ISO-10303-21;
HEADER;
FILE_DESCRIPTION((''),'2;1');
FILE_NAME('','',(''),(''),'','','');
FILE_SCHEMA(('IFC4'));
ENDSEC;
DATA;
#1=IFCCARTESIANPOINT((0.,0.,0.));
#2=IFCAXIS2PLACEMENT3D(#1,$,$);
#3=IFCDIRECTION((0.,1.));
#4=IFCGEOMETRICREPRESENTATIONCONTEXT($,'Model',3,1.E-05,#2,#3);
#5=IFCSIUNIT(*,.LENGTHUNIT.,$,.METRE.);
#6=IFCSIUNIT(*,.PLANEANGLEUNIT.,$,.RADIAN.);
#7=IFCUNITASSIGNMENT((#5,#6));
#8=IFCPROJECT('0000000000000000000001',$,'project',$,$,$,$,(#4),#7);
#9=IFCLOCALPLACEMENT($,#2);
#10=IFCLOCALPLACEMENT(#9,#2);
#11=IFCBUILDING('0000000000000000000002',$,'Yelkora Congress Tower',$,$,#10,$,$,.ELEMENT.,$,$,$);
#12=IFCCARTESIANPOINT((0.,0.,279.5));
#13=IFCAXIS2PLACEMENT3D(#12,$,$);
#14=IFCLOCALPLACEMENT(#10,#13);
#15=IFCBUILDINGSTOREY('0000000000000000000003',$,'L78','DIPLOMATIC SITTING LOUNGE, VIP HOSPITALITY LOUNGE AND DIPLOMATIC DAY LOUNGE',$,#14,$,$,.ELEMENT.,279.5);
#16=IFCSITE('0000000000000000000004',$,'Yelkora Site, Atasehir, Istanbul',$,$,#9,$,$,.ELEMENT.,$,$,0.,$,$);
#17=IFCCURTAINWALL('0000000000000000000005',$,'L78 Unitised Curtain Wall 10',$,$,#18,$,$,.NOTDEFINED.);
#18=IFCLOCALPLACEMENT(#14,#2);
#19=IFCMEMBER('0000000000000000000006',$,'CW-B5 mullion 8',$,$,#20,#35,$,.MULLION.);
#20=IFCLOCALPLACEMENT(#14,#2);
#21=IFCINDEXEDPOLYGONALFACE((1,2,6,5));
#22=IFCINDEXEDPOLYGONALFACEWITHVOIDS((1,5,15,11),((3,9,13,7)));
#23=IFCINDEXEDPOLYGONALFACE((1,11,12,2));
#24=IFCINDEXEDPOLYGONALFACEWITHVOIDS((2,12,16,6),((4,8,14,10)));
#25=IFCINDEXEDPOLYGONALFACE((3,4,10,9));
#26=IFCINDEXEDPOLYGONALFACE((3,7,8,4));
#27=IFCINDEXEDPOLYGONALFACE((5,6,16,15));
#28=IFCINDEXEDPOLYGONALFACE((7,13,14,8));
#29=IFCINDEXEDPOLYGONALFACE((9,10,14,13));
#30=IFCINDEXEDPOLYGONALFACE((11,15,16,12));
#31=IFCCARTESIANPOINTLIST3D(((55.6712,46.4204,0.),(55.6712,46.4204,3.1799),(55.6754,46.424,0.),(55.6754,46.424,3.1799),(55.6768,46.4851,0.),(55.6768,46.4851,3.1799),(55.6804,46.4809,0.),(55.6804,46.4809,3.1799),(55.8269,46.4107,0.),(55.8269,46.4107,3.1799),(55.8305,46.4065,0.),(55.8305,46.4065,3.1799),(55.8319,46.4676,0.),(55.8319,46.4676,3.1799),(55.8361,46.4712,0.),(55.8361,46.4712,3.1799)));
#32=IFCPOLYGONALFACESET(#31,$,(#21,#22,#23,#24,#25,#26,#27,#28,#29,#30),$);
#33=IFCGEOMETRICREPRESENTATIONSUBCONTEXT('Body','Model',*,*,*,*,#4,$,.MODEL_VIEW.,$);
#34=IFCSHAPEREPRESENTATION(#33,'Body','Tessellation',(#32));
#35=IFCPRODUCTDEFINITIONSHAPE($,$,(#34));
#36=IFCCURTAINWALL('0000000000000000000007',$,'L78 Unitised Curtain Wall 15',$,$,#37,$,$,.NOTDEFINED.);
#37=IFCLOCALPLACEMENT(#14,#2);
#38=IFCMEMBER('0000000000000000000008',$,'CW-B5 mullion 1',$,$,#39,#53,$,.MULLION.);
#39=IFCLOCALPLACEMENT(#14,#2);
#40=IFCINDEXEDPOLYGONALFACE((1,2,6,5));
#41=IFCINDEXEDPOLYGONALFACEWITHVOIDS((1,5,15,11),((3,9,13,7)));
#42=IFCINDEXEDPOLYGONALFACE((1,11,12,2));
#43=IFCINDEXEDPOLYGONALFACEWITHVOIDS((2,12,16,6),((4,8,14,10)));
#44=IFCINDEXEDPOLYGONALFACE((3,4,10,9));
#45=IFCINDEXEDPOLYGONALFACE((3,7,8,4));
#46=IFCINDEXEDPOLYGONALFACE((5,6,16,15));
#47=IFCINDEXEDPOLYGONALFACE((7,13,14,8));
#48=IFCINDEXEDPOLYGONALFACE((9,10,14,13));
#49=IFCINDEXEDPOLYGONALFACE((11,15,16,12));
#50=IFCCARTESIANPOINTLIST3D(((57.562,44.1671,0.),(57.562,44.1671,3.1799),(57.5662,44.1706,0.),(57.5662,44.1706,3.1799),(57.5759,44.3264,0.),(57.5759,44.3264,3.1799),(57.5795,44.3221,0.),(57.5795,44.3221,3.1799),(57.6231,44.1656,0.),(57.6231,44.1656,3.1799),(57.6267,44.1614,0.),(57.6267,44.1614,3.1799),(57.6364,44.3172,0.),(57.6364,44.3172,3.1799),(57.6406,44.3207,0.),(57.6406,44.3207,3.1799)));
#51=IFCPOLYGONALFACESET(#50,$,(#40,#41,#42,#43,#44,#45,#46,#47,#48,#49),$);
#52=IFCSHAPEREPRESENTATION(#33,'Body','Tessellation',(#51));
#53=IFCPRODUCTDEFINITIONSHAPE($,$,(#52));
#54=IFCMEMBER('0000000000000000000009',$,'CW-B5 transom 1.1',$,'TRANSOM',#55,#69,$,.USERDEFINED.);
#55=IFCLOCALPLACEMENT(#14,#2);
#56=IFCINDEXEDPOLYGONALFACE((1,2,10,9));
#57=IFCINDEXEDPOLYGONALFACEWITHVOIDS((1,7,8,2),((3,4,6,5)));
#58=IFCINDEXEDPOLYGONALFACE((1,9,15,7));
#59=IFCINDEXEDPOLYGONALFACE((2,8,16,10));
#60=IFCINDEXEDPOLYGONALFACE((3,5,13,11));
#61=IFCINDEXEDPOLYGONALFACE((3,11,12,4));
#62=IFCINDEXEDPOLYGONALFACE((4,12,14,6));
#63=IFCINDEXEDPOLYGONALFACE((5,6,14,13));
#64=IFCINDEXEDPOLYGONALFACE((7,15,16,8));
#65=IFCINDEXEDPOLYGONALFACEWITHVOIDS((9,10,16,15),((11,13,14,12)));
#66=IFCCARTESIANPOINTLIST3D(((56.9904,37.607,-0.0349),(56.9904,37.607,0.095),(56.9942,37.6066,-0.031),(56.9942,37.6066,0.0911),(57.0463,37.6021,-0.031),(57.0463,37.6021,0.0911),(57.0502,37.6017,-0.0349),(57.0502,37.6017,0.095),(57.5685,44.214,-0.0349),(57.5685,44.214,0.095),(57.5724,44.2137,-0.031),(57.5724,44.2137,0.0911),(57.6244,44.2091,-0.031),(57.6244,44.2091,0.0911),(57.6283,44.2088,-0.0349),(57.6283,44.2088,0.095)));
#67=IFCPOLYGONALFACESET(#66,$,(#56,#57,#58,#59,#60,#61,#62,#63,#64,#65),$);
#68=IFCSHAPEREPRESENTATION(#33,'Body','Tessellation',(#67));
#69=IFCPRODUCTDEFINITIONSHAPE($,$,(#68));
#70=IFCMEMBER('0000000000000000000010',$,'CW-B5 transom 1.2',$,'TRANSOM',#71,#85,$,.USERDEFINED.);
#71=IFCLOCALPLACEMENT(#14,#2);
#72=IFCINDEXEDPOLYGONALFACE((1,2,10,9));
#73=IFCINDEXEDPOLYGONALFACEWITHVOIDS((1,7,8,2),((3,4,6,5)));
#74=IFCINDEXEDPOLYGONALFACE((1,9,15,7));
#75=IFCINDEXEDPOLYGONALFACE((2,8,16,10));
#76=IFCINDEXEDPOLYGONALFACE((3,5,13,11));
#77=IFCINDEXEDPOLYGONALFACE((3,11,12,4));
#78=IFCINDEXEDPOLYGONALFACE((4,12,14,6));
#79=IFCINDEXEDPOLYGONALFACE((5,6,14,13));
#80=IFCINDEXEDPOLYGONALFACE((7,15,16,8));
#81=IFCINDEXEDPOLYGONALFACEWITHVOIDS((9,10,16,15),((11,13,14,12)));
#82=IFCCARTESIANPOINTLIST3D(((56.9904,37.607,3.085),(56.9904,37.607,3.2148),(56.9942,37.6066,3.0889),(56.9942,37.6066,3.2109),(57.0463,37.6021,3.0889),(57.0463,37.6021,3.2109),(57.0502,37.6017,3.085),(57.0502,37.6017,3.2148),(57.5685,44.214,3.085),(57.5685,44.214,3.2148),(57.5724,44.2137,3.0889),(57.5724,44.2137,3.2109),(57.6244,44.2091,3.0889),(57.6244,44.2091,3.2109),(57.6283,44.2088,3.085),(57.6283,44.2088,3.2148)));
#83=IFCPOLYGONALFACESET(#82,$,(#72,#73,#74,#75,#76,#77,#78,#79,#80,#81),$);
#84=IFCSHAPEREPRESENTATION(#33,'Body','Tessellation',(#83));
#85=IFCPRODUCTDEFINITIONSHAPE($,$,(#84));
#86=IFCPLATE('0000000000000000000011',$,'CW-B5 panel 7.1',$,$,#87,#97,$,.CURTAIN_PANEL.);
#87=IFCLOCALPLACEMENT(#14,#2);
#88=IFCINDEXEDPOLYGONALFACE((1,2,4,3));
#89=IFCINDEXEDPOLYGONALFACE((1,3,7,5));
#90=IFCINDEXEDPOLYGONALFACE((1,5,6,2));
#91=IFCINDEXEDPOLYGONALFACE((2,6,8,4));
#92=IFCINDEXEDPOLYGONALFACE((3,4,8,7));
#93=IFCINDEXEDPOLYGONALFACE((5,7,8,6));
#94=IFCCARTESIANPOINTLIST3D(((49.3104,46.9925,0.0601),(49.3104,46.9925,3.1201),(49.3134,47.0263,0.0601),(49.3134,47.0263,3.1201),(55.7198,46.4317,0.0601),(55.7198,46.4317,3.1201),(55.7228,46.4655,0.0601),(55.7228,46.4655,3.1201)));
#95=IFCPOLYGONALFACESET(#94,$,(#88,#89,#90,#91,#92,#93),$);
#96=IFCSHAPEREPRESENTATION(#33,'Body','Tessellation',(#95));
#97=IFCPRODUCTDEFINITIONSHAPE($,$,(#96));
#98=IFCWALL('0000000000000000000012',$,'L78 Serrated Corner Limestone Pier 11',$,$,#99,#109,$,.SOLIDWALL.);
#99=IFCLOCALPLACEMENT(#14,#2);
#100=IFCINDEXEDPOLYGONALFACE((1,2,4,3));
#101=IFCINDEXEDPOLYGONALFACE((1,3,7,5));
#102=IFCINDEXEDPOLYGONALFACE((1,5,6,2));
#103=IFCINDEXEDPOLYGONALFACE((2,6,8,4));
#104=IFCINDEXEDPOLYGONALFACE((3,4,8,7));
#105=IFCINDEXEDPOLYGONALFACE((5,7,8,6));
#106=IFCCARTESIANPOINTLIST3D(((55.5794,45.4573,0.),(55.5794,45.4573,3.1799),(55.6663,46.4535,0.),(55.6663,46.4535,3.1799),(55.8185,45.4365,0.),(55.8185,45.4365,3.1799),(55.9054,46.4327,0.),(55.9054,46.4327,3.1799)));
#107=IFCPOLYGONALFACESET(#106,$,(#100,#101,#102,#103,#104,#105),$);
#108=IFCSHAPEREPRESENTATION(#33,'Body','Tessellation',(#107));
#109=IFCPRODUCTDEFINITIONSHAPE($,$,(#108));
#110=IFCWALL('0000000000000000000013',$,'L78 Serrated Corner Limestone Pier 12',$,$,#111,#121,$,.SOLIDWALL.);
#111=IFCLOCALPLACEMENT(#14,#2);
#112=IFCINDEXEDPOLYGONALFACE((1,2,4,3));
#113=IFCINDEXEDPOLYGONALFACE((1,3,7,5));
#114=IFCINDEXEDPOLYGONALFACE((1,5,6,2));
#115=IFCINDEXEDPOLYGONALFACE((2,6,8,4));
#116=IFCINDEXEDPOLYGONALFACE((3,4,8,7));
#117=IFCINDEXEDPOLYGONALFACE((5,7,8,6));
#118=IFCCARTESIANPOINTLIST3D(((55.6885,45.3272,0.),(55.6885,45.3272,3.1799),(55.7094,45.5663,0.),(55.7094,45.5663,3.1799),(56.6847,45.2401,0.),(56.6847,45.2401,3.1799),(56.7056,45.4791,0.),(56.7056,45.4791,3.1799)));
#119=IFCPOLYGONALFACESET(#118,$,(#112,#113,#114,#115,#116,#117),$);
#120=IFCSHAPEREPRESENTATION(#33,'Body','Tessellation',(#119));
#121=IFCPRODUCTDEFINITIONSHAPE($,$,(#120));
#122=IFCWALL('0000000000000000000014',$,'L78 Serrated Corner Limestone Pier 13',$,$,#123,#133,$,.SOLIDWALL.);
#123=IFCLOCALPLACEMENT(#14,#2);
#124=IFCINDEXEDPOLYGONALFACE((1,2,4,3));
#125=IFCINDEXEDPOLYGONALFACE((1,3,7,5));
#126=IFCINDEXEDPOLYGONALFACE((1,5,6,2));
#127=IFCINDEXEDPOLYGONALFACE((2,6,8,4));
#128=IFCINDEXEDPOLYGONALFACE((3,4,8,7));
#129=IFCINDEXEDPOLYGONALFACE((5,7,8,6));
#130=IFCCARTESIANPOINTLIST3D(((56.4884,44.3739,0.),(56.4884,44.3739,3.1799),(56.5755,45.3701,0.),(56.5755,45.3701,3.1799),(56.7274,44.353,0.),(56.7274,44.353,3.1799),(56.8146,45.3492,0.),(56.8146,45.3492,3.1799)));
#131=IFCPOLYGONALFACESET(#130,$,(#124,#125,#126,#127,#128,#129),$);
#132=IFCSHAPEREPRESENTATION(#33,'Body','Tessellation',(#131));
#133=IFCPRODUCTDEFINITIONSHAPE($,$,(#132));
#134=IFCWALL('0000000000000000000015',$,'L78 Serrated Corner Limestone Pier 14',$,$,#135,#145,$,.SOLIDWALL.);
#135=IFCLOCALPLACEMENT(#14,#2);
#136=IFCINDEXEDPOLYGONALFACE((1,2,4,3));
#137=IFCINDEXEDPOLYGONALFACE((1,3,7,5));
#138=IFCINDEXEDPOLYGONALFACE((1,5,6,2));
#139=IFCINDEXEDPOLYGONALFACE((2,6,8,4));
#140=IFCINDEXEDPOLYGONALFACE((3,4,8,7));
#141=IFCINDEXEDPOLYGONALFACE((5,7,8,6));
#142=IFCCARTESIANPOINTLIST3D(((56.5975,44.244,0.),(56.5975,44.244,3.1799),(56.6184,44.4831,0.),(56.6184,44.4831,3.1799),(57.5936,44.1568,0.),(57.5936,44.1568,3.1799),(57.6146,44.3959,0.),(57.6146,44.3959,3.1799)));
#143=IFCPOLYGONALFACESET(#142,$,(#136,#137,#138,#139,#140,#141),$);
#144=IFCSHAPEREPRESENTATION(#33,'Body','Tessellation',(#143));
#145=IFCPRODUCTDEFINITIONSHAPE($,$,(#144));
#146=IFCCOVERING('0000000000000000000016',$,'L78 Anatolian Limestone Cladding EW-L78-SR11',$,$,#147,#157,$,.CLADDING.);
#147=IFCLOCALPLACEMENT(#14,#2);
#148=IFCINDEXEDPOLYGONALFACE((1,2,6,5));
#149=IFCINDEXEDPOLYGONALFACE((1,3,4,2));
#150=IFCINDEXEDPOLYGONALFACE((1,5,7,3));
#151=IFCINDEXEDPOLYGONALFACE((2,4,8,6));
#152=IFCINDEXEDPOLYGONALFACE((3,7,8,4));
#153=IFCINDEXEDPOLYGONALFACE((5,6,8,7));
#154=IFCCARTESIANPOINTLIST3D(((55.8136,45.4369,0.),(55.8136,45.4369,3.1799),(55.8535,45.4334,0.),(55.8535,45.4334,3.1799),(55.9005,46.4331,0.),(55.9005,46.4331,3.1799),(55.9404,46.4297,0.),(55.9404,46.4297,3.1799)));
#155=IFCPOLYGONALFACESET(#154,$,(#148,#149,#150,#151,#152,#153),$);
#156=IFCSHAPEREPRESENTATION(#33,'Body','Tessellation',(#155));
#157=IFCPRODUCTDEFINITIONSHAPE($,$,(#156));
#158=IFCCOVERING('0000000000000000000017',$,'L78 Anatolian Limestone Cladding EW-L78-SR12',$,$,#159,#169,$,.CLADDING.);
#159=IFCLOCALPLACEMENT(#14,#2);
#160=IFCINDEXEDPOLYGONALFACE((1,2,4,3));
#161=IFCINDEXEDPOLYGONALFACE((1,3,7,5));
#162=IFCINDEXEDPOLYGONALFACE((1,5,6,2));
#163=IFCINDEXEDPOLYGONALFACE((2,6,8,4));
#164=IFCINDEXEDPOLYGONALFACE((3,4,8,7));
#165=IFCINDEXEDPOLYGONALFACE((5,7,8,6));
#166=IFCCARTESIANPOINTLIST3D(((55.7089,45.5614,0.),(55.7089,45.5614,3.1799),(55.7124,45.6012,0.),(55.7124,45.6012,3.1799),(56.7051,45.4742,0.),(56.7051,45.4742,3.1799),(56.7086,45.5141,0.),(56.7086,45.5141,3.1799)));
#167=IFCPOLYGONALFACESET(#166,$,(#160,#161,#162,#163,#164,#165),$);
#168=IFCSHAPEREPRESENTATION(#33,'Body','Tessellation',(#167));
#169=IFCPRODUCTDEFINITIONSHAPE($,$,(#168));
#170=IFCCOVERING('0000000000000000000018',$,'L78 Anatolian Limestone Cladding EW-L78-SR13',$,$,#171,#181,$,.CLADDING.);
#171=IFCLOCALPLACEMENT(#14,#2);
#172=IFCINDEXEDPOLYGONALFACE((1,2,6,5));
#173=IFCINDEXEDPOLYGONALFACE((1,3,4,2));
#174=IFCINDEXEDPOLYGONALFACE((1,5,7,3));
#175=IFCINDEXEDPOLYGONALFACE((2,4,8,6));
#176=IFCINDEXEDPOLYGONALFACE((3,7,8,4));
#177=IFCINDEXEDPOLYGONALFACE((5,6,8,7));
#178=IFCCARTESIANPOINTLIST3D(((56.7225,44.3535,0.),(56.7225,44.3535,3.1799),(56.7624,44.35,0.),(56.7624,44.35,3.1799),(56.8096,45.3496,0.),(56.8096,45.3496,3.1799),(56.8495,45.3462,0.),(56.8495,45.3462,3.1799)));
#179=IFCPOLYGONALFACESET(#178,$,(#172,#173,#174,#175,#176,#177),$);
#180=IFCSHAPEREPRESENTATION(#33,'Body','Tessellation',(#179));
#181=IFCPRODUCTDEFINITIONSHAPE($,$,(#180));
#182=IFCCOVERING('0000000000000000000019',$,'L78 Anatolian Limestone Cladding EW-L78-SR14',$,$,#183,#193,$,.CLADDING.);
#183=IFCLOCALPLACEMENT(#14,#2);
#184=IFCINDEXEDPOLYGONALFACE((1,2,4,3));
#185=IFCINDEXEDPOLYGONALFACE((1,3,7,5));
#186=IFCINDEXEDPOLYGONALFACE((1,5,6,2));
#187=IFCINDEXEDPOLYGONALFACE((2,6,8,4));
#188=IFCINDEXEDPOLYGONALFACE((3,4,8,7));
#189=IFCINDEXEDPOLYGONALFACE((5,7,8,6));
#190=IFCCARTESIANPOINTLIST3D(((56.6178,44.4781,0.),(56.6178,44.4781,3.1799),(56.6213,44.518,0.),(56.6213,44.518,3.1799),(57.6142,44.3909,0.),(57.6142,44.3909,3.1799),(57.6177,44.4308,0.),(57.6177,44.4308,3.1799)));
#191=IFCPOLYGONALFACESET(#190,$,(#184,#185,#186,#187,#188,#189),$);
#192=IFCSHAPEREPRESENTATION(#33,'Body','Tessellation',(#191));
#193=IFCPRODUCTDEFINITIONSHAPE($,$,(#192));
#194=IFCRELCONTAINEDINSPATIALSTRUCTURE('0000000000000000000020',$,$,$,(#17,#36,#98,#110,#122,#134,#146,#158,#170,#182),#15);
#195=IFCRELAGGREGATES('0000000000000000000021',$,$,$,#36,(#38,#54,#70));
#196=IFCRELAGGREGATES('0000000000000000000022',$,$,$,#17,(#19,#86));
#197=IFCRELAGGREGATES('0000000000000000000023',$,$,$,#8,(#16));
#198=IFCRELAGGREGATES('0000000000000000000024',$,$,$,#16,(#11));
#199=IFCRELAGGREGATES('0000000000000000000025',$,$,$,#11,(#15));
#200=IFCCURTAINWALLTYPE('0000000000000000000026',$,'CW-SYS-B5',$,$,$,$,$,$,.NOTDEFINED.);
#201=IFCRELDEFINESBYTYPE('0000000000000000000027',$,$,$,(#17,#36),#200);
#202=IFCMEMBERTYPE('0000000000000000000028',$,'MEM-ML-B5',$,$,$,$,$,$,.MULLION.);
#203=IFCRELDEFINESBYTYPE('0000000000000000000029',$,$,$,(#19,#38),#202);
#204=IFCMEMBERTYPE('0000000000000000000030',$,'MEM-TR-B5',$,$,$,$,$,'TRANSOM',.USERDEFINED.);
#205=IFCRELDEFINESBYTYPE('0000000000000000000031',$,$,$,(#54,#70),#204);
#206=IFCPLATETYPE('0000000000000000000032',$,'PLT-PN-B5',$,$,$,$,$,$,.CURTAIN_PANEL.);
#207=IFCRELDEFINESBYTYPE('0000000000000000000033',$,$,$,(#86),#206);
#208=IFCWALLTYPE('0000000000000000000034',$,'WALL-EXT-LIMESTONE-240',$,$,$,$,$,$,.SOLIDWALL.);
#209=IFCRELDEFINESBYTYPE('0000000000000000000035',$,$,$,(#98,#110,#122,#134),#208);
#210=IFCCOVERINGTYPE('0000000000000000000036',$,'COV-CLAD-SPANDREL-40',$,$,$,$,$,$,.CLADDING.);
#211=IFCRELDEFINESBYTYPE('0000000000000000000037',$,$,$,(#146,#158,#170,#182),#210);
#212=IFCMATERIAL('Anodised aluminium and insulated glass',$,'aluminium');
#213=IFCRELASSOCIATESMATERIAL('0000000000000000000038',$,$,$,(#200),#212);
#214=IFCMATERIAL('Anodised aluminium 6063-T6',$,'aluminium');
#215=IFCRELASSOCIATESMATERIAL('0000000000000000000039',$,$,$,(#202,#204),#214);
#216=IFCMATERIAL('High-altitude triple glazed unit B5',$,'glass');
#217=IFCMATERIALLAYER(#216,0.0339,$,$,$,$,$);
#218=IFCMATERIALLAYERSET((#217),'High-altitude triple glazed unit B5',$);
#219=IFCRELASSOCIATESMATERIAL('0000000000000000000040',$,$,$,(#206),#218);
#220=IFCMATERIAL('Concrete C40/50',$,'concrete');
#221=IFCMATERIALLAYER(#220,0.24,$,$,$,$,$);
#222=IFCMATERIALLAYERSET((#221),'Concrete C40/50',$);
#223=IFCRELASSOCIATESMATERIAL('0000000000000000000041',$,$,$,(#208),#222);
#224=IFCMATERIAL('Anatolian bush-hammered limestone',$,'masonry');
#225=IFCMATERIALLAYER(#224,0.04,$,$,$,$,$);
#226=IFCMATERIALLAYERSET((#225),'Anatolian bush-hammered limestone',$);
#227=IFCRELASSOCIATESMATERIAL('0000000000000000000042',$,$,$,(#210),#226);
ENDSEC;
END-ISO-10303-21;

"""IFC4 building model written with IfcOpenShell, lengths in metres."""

from ifc_helpers import new_model, si_unit, direction, frame, frame_2d, origin, origin_2d, place, context, subcontext, project, spatial, rectangle, hollow_rectangle, extrude, material, layer, layer_set, material_profile, profile_set, type_object, element, aggregate, save


model = new_model("IFC4")

# Units and contexts
model_context = context("Model", 3, precision=1e-05, world=origin(), true_north=direction((0.0, 1.0)))
body_context = subcontext(model_context, "Body", "Model", "MODEL_VIEW")
ifc_project = project(units=[si_unit("LENGTHUNIT", "METRE"), si_unit("PLANEANGLEUNIT", "RADIAN")], contexts=[model_context])

# Site, building, storey
site_placement = place(None, origin())
site = spatial("IfcSite", under=ifc_project, at=site_placement, Name="Yelkora Site, Atasehir, Istanbul", CompositionType="ELEMENT", RefElevation=0.0)
building_placement = place(site_placement, origin())
building = spatial("IfcBuilding", under=site, at=building_placement, Name="Yelkora Congress Tower", CompositionType="ELEMENT")
storey_placement = place(building_placement, frame((0.0, 0.0, 279.5)))
storey = spatial("IfcBuildingStorey", under=building, at=storey_placement, Name="L78", Description="DIPLOMATIC SITTING LOUNGE, VIP HOSPITALITY LOUNGE AND DIPLOMATIC DAY LOUNGE", CompositionType="ELEMENT", Elevation=279.5)

# Curtain wall, member
ifc_material_1 = material(Name="Anodised aluminium and insulated glass", Category="aluminium")
curtain_wall_type = type_object("IfcCurtainWallType", Name="CW-SYS-B5", PredefinedType="NOTDEFINED", material=ifc_material_1)
curtain_wall_1_placement = place(storey_placement, origin())
curtain_wall_1 = element("IfcCurtainWall", 1, at=curtain_wall_1_placement, inside=storey, type_object=curtain_wall_type, Name="L78 Unitised Curtain Wall 10", PredefinedType="NOTDEFINED")
ifc_material_2 = material(Name="Anodised aluminium 6063-T6", Category="aluminium")
ifc_material_profile_1 = material_profile(ifc_material_2, hollow_rectangle(XDim=0.0649, YDim=0.1599, WallThickness=0.0039, at=origin_2d()), Name="ALU 65x160x4")
ifc_profile_set_1 = profile_set([ifc_material_profile_1], Name="Anodised aluminium 6063-T6")
member_type_1 = type_object("IfcMemberType", Name="MEM-ML-B5", PredefinedType="MULLION", material=ifc_profile_set_1)
member_1_placement = place(storey_placement, frame((55.7537, 46.4458, 0.0), z_axis=(0.0, 0.0, 1.0), x_axis=(0.087157, 0.996195, 0.0)))
member_1 = element("IfcMember", 2, at=member_1_placement, type_object=member_type_1, Name="CW-B5 mullion 8", PredefinedType="MULLION", context=body_context, shape_type="SweptSolid", body=[
    extrude(hollow_rectangle(XDim=0.0649, YDim=0.1599, WallThickness=0.0039, at=origin_2d()), origin(), (0.0, 0.0, 1.0), 3.1799),
])

# Curtain wall, members
curtain_wall_2_placement = place(storey_placement, origin())
curtain_wall_2 = element("IfcCurtainWall", 3, at=curtain_wall_2_placement, inside=storey, type_object=curtain_wall_type, Name="L78 Unitised Curtain Wall 15", PredefinedType="NOTDEFINED")
member_2_placement = place(storey_placement, frame((57.6013, 44.2439, 0.0), z_axis=(0.0, 0.0, 1.0), x_axis=(0.996194, -0.087158, 0.0)))
member_2 = element("IfcMember", 4, at=member_2_placement, type_object=member_type_1, Name="CW-B5 mullion 1", PredefinedType="MULLION", context=body_context, shape_type="SweptSolid", body=[
    extrude(hollow_rectangle(XDim=0.0649, YDim=0.1599, WallThickness=0.0039, at=origin_2d()), origin(), (0.0, 0.0, 1.0), 3.1799),
])
ifc_material_profile_2 = material_profile(ifc_material_2, hollow_rectangle(XDim=0.0601, YDim=0.1299, WallThickness=0.0039, at=origin_2d()), Name="ALU 60x130x4")
ifc_profile_set_2 = profile_set([ifc_material_profile_2], Name="Anodised aluminium 6063-T6")
member_type_2 = type_object("IfcMemberType", Name="MEM-TR-B5", ElementType="TRANSOM", PredefinedType="USERDEFINED", material=ifc_profile_set_2)
member_3_placement = place(storey_placement, frame((57.5984, 44.2114, 0.03), z_axis=(-0.087166, -0.996194, 0.0), x_axis=(0.996194, -0.087166, 0.0)))
member_3 = element("IfcMember", 5, at=member_3_placement, type_object=member_type_2, Name="CW-B5 transom 1.1", ObjectType="TRANSOM", PredefinedType="USERDEFINED", context=body_context, shape_type="SweptSolid", body=[
    extrude(hollow_rectangle(XDim=0.0601, YDim=0.1299, WallThickness=0.0039, at=origin_2d()), origin(), (0.0, 0.0, 1.0), 6.6323),
])
member_4_placement = place(storey_placement, frame((57.5984, 44.2114, 3.1499), z_axis=(-0.087166, -0.996194, 0.0), x_axis=(0.996194, -0.087166, 0.0)))
member_4 = element("IfcMember", 6, at=member_4_placement, type_object=member_type_2, Name="CW-B5 transom 1.2", ObjectType="TRANSOM", PredefinedType="USERDEFINED", context=body_context, shape_type="SweptSolid", body=[
    extrude(hollow_rectangle(XDim=0.0601, YDim=0.1299, WallThickness=0.0039, at=origin_2d()), origin(), (0.0, 0.0, 1.0), 6.6323),
])
aggregate(curtain_wall_2, [member_2, member_3, member_4])

# Plate
ifc_material_3 = material(Name="High-altitude triple glazed unit B5", Category="glass")
ifc_layer_1 = layer(ifc_material_3, 0.0339)
ifc_layer_set_1 = layer_set([ifc_layer_1], Name="High-altitude triple glazed unit B5")
plate_type = type_object("IfcPlateType", Name="PLT-PN-B5", PredefinedType="CURTAIN_PANEL", material=ifc_layer_set_1)
plate_placement = place(storey_placement, frame((52.5166, 46.729, 0.0601), z_axis=(0.0, 0.0, 1.0), x_axis=(0.996195, -0.087157, 0.0)))
plate = element("IfcPlate", 7, at=plate_placement, type_object=plate_type, Name="CW-B5 panel 7.1", PredefinedType="CURTAIN_PANEL", context=body_context, shape_type="SweptSolid", body=[
    extrude(rectangle(XDim=6.4338, YDim=0.0339, at=origin_2d()), origin(), (0.0, 0.0, 1.0), 3.0601),
])
aggregate(curtain_wall_1, [member_1, plate])

# Walls
ifc_material_4 = material(Name="Concrete C40/50", Category="concrete")
ifc_layer_2 = layer(ifc_material_4, 0.24)
ifc_layer_set_2 = layer_set([ifc_layer_2], Name="Concrete C40/50")
wall_type = type_object("IfcWallType", Name="WALL-EXT-LIMESTONE-240", PredefinedType="SOLIDWALL", material=ifc_layer_set_2)
for number, where, z_axis, x_axis, name in (
    (8, (55.7859, 46.4431, 0.0), (0.0, 0.0, 1.0), (-0.086903, -0.996217, 0.0), "L78 Serrated Corner Limestone Pier 11"),
    (9, (55.699, 45.4468, 0.0), (0.0, 0.0, 1.0), (0.996194, -0.087167, 0.0), "L78 Serrated Corner Limestone Pier 12"),
    (10, (56.6951, 45.3596, 0.0), (0.0, 0.0, 1.0), (-0.087167, -0.996194, 0.0), "L78 Serrated Corner Limestone Pier 13"),
    (11, (56.6079, 44.3635, 0.0), (0.0, 0.0, 1.0), (0.996194, -0.087167, 0.0), "L78 Serrated Corner Limestone Pier 14"),
):
    element("IfcWall", number, at=place(storey_placement, frame(where, z_axis=z_axis, x_axis=x_axis)), inside=storey, type_object=wall_type, Name=name, PredefinedType="SOLIDWALL", context=body_context, shape_type="SweptSolid", body=[
        extrude(rectangle(XDim=1.0, YDim=0.24, at=frame_2d((0.5, 0.0))), origin(), (0.0, 0.0, 1.0), 3.1799),
    ])

# Coverings
ifc_material_5 = material(Name="Anatolian bush-hammered limestone", Category="masonry")
ifc_layer_3 = layer(ifc_material_5, 0.04)
ifc_layer_set_3 = layer_set([ifc_layer_3], Name="Anatolian bush-hammered limestone")
covering_type = type_object("IfcCoveringType", Name="COV-CLAD-SPANDREL-40", PredefinedType="CLADDING", material=ifc_layer_set_3)
for number, where, z_axis, x_axis, name in (
    (12, (55.9204, 46.4314, 0.0), (0.0, 0.0, 1.0), (-0.086903, -0.996217, 0.0), "L78 Anatolian Limestone Cladding EW-L78-SR11"),
    (13, (55.7107, 45.5813, 0.0), (0.0, 0.0, 1.0), (0.996194, -0.087167, 0.0), "L78 Anatolian Limestone Cladding EW-L78-SR12"),
    (14, (56.8296, 45.3479, 0.0), (0.0, 0.0, 1.0), (-0.087167, -0.996194, 0.0), "L78 Anatolian Limestone Cladding EW-L78-SR13"),
):
    element("IfcCovering", number, at=place(storey_placement, frame(where, z_axis=z_axis, x_axis=x_axis)), inside=storey, type_object=covering_type, Name=name, PredefinedType="CLADDING", context=body_context, shape_type="SweptSolid", body=[
        extrude(rectangle(XDim=1.0, YDim=0.04, at=frame_2d((0.5, 0.0))), origin(), (0.0, 0.0, 1.0), 3.1799),
    ])
covering_placement = place(storey_placement, frame((56.6196, 44.498, 0.0), z_axis=(0.0, 0.0, 1.0), x_axis=(0.996196, -0.087146, 0.0)))
element("IfcCovering", 15, at=covering_placement, inside=storey, type_object=covering_type, Name="L78 Anatolian Limestone Cladding EW-L78-SR14", PredefinedType="CLADDING", context=body_context, shape_type="SweptSolid", body=[
    extrude(rectangle(XDim=1.0002, YDim=0.04, at=frame_2d((0.5, 0.0))), origin(), (0.0, 0.0, 1.0), 3.1799),
])

save(model, "model.ifc")
